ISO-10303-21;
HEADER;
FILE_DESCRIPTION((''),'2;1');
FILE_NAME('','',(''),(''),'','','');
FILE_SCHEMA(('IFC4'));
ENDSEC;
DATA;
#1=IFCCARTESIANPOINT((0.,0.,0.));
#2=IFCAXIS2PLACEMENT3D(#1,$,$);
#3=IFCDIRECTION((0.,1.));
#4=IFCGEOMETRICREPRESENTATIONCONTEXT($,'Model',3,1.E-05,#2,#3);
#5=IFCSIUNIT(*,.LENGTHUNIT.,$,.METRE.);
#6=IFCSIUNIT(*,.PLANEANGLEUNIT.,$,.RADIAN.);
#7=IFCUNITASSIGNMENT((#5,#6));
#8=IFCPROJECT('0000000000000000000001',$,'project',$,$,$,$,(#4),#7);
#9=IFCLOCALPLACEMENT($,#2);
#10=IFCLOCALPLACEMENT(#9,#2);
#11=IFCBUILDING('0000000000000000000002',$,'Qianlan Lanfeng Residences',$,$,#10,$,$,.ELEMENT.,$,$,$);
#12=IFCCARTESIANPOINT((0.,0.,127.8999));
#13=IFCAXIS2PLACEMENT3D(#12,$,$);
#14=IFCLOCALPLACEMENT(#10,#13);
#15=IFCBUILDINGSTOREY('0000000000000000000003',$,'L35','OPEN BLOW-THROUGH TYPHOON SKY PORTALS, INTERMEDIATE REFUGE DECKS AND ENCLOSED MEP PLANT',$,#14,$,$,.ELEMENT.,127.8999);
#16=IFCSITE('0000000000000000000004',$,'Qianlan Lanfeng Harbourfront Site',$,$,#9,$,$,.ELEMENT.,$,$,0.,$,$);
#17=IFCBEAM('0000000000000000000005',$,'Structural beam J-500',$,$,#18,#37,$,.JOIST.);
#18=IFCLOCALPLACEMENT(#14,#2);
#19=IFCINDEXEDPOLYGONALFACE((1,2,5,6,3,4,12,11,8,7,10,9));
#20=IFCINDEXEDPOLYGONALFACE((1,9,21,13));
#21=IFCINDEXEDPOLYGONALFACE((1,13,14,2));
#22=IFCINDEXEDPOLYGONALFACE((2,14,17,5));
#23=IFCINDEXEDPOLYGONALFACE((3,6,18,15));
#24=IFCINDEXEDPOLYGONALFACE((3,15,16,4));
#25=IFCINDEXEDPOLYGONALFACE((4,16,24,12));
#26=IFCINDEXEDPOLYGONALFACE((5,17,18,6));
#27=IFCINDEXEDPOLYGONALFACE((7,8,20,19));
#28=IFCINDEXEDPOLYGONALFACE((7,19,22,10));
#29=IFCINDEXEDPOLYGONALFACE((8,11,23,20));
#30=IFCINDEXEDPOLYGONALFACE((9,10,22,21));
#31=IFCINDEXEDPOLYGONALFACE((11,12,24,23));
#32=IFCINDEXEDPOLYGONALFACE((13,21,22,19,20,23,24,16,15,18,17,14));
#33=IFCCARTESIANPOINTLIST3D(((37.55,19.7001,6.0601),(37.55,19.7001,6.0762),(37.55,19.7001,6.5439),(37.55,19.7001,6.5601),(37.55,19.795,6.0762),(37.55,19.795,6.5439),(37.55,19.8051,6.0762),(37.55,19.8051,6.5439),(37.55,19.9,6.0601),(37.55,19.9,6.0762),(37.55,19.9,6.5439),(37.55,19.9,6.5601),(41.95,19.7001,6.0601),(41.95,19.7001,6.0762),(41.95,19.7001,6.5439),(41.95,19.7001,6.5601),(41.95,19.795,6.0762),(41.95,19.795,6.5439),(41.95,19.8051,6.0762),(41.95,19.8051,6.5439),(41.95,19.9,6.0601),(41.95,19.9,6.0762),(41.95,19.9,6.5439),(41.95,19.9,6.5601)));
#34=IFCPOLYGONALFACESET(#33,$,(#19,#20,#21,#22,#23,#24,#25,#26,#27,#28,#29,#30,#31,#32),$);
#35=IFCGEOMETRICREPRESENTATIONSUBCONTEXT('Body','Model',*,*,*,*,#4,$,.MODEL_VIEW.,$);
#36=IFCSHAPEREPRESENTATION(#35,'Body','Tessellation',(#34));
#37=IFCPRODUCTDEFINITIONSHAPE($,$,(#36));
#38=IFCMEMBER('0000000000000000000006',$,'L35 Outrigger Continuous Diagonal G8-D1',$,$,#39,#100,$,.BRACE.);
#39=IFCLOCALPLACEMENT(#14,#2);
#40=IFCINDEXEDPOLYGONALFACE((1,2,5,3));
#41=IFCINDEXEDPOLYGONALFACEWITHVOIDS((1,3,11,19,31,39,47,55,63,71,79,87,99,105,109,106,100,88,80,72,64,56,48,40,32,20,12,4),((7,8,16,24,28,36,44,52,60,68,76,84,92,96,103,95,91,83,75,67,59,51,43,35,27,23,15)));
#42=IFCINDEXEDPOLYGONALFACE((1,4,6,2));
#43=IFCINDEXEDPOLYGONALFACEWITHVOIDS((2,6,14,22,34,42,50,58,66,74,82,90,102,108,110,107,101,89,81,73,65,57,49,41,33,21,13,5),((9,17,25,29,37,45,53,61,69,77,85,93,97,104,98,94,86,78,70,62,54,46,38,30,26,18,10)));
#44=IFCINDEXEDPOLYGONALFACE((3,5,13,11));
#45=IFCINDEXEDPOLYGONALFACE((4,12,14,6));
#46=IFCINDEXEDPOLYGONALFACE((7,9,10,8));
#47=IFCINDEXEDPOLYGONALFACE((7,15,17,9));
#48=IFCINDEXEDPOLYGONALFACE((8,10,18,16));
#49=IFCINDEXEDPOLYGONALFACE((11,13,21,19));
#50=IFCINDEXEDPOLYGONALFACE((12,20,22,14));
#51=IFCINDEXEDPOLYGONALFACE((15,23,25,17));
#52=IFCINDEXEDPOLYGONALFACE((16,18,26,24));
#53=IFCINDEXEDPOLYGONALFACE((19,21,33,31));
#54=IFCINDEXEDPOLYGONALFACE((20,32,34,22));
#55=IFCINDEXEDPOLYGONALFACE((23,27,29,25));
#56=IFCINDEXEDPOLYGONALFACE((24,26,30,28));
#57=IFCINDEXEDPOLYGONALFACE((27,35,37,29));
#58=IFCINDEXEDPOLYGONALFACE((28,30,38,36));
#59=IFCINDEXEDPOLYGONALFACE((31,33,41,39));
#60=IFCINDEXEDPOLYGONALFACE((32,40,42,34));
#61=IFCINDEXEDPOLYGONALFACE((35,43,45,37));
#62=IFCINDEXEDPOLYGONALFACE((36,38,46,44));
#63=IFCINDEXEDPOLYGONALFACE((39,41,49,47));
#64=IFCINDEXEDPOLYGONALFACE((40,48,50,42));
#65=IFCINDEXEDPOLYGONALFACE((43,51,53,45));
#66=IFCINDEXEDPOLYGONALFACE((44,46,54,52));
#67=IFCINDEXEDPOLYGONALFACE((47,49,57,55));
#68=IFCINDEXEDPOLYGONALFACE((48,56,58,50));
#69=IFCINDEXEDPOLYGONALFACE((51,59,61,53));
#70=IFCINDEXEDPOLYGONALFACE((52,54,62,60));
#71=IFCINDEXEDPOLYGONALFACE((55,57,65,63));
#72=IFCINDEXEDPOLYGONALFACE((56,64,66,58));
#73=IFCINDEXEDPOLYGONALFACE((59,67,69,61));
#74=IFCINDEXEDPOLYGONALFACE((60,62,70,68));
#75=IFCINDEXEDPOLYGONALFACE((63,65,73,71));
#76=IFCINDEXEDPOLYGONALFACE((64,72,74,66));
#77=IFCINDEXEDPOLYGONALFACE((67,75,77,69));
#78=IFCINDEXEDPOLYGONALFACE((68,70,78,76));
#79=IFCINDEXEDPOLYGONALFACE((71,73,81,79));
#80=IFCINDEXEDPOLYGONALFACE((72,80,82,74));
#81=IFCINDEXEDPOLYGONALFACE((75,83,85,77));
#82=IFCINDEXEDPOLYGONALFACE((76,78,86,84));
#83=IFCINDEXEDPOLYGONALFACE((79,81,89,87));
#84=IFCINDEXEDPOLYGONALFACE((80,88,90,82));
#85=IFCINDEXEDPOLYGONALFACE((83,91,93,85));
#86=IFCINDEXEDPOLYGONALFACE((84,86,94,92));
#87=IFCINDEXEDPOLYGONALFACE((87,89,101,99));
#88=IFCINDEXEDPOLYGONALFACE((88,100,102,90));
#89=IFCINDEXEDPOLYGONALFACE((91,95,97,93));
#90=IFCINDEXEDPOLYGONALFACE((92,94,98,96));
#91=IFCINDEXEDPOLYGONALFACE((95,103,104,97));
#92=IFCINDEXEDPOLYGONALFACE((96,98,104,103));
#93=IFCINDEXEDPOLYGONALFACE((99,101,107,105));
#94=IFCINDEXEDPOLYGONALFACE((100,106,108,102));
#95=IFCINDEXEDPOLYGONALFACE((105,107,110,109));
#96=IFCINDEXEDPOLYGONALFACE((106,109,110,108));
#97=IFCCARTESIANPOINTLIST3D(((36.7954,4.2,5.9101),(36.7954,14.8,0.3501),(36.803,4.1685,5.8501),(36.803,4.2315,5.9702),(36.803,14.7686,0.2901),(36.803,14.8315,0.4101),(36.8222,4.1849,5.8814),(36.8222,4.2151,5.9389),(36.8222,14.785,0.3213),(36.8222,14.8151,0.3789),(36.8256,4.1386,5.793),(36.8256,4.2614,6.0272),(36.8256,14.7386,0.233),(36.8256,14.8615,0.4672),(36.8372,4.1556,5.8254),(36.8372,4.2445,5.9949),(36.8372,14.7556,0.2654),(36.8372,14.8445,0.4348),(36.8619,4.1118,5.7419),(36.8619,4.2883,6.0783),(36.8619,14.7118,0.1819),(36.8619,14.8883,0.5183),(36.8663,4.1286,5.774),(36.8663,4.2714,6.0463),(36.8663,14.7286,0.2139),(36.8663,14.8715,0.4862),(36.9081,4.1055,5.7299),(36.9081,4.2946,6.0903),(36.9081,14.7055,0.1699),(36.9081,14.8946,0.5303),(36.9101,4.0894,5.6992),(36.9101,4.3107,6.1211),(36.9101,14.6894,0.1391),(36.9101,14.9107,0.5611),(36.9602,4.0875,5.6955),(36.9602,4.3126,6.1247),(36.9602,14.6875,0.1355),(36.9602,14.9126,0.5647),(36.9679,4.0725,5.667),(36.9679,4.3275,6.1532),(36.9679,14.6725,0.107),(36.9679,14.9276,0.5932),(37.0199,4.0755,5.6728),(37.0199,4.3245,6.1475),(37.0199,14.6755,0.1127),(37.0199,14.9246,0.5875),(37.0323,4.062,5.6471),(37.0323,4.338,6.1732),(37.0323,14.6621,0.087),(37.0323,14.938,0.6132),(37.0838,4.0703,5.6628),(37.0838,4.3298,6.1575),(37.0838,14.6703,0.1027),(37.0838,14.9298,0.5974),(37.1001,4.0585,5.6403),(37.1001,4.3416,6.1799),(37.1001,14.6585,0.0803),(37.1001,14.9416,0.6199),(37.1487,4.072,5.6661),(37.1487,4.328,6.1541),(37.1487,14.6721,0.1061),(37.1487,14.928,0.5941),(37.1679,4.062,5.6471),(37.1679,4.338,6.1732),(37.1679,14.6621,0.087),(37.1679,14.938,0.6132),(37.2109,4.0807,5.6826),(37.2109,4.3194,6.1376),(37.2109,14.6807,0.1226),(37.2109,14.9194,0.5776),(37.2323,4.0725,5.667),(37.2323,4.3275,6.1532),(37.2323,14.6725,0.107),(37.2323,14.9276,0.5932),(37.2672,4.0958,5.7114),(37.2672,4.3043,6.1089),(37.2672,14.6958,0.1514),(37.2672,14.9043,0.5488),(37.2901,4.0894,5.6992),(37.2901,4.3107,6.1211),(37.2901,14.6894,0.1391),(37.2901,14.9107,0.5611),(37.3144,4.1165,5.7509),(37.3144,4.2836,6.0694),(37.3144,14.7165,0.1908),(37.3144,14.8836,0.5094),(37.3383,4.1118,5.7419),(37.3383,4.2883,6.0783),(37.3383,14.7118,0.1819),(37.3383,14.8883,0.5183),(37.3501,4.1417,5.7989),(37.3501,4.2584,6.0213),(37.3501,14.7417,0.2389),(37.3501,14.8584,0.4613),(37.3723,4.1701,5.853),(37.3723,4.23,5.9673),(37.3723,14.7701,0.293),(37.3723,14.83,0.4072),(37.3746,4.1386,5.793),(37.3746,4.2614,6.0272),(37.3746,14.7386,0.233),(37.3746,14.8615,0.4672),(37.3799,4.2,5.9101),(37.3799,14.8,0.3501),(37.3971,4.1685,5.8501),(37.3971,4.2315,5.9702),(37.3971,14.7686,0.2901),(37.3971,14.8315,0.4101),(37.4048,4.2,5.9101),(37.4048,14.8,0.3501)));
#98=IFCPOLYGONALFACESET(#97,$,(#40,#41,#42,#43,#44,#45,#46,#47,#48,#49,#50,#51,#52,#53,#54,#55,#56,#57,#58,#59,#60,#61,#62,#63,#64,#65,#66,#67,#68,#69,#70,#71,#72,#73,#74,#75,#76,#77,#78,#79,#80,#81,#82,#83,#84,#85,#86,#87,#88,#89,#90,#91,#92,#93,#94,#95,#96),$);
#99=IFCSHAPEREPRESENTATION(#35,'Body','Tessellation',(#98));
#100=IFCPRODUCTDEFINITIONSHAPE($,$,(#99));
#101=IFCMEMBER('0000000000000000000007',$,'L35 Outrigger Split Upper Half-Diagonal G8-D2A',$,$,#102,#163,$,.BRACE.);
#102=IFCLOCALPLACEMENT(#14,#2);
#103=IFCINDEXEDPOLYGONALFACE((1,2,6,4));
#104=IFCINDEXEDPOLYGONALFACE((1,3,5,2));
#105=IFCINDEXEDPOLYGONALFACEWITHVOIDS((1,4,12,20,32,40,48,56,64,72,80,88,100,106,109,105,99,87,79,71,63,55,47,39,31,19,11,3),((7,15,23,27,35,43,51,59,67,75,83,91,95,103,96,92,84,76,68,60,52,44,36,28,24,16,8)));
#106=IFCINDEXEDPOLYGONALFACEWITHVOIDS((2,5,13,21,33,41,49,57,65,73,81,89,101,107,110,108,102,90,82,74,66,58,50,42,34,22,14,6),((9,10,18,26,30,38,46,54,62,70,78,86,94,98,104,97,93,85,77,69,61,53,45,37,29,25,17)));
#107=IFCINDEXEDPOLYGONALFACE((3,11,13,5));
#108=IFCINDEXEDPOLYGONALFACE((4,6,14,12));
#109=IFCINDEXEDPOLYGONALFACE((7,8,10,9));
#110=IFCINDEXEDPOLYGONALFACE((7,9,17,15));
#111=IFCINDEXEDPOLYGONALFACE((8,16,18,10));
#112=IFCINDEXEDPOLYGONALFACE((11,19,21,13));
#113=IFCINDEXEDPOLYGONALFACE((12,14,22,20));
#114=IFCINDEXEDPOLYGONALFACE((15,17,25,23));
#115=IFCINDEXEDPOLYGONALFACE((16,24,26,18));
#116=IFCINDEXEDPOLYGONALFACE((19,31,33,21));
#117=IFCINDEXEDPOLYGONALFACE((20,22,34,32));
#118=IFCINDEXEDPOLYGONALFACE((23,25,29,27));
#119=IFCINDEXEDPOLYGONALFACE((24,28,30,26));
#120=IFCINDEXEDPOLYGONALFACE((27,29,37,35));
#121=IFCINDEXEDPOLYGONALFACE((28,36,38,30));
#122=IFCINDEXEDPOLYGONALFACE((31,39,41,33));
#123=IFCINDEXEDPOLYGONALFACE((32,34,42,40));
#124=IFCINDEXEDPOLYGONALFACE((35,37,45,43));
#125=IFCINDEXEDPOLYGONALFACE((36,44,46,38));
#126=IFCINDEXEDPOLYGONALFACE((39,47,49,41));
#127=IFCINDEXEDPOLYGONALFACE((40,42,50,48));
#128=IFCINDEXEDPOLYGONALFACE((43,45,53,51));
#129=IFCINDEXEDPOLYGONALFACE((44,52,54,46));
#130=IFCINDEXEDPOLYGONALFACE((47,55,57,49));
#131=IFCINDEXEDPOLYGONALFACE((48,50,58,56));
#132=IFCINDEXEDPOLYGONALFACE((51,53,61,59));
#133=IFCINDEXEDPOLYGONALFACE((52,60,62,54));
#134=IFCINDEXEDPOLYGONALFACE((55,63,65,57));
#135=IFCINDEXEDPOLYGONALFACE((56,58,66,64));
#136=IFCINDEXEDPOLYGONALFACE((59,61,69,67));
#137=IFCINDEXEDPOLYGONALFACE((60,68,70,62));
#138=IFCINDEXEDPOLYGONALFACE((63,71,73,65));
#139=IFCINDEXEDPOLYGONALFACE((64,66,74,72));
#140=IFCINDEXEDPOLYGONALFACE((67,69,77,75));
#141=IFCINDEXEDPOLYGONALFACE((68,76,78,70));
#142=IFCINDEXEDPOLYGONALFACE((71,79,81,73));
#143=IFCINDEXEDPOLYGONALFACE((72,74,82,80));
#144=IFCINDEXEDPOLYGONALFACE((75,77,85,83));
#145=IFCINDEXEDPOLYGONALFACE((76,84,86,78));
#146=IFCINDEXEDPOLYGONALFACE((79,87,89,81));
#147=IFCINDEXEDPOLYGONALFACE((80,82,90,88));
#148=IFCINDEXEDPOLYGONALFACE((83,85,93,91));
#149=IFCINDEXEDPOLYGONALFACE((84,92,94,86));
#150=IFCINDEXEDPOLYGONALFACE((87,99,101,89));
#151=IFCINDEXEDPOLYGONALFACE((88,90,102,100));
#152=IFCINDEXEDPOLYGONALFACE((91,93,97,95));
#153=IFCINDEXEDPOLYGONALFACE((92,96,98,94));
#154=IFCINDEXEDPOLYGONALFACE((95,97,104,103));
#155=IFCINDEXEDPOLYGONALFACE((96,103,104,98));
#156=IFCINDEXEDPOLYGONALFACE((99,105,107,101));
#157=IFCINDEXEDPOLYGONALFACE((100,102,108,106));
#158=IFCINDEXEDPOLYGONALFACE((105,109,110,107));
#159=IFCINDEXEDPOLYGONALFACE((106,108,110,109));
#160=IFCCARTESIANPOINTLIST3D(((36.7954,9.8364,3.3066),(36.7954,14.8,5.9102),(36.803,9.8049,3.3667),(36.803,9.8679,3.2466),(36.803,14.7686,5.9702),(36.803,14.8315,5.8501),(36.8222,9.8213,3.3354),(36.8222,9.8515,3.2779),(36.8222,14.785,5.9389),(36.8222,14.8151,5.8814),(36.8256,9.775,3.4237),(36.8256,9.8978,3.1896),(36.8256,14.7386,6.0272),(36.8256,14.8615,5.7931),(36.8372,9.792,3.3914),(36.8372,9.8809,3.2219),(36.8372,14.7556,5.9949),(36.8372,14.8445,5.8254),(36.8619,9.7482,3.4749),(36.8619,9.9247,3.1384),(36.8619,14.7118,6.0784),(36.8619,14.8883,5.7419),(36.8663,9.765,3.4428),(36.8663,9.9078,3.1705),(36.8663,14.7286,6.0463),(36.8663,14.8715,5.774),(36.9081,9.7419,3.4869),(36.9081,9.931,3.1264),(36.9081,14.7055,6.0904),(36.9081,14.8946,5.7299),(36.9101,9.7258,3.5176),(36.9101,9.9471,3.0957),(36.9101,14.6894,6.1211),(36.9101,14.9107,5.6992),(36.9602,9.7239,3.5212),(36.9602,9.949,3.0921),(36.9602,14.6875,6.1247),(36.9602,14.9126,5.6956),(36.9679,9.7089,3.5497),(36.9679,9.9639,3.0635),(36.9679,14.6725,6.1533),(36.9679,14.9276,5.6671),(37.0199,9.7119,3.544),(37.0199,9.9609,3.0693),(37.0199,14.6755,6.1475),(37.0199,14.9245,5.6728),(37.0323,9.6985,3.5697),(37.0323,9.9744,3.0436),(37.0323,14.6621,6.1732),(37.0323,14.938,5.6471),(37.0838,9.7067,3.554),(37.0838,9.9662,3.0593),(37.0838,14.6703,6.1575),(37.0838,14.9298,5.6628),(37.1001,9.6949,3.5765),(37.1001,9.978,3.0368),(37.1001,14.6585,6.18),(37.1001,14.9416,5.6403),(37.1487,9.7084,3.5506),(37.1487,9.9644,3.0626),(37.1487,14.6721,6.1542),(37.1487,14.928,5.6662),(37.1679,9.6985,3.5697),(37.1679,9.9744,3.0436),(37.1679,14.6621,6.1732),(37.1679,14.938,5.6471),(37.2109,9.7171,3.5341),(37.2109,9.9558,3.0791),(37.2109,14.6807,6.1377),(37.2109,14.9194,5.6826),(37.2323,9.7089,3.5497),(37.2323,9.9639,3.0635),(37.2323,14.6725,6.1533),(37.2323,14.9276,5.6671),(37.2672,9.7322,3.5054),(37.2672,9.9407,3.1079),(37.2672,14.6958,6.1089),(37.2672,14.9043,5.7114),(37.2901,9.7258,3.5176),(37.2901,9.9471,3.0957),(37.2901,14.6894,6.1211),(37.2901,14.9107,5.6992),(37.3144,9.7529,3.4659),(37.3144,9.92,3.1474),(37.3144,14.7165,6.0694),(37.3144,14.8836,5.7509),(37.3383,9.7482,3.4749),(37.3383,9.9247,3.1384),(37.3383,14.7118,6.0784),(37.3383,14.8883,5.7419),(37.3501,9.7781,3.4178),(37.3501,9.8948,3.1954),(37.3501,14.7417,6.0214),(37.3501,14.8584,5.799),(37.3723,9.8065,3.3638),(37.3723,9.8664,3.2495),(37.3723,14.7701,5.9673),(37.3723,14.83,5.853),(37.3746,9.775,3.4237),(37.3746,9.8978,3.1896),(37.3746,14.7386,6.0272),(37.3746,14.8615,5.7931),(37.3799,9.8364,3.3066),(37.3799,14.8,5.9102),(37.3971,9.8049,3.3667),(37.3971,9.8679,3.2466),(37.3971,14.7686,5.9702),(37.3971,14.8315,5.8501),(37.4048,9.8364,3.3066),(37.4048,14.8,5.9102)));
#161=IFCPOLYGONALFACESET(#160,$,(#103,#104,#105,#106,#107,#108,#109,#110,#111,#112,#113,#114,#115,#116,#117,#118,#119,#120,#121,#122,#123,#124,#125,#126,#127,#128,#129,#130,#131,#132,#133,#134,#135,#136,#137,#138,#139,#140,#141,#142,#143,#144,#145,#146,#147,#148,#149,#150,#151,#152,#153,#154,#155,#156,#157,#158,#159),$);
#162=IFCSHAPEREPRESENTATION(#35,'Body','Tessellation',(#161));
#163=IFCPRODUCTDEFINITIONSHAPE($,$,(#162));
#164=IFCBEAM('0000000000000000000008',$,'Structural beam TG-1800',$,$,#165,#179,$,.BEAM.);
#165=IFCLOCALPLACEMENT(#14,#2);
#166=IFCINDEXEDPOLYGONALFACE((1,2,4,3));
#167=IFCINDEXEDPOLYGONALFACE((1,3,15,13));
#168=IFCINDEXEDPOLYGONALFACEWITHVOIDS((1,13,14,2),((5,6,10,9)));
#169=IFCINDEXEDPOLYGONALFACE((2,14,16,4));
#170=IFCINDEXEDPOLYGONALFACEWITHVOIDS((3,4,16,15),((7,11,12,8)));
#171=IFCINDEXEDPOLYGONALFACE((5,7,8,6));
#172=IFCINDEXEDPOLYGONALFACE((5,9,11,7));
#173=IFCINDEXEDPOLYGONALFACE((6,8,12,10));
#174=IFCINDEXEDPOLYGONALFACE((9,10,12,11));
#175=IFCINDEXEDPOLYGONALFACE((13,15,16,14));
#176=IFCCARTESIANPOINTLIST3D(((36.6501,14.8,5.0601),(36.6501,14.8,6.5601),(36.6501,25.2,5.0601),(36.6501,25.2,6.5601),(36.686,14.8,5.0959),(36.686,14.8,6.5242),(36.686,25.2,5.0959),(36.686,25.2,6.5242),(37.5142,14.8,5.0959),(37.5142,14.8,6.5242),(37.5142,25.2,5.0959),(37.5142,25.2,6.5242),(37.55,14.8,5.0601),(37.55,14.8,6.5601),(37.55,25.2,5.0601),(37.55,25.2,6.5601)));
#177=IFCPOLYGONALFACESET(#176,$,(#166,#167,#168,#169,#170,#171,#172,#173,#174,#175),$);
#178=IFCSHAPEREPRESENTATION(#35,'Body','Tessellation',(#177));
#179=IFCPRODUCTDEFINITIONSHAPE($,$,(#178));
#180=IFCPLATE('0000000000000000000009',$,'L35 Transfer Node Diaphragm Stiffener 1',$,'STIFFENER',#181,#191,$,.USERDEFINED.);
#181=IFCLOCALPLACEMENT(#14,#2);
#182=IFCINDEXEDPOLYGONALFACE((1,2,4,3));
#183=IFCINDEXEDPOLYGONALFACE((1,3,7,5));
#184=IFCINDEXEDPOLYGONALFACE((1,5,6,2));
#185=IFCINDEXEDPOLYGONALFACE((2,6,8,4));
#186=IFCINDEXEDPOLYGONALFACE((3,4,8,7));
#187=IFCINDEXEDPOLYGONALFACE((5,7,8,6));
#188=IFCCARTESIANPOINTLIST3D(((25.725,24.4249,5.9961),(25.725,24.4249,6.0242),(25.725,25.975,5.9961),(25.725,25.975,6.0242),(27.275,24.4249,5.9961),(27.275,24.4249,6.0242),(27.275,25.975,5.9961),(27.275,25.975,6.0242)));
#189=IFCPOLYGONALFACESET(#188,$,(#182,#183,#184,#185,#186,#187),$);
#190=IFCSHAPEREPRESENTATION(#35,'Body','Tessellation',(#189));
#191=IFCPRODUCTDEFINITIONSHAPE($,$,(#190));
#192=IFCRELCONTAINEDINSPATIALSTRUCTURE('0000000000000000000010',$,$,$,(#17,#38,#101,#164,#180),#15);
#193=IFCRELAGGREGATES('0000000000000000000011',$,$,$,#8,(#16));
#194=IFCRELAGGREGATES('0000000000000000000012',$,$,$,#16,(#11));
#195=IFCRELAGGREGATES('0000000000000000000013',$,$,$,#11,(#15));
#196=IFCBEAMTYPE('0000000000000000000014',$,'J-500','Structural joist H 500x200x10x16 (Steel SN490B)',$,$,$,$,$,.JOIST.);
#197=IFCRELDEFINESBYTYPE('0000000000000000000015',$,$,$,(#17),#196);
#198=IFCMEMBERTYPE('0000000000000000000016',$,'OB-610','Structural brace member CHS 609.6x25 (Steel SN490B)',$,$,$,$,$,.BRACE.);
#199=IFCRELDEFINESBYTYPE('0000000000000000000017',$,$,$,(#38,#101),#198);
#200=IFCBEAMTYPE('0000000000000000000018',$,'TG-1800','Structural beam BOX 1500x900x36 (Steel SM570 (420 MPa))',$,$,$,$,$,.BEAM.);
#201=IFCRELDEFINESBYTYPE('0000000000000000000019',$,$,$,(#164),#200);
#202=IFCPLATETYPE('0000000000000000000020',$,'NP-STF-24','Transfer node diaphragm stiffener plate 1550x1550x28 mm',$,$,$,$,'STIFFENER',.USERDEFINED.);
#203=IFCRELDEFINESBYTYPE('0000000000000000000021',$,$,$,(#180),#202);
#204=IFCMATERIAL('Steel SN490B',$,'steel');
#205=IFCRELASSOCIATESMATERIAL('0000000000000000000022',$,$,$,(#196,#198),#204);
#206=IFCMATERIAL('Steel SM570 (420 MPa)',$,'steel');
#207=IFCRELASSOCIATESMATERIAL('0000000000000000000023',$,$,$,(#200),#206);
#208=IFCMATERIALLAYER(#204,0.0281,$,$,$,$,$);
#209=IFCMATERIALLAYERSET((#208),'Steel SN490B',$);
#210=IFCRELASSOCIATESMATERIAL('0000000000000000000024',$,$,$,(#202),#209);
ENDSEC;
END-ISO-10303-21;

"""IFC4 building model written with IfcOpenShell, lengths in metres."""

from ifc_helpers import new_model, si_unit, direction, frame, origin, origin_2d, place, context, subcontext, project, spatial, rectangle, hollow_rectangle, hollow_circle, i_section, extrude, source, transform, mapped, material, layer, layer_set, material_profile, profile_set, type_object, element, save


model = new_model("IFC4")

# Units and contexts
model_context = context("Model", 3, precision=1e-05, world=origin(), true_north=direction((0.0, 1.0)))
body_context = subcontext(model_context, "Body", "Model", "MODEL_VIEW")
ifc_project = project(units=[si_unit("LENGTHUNIT", "METRE"), si_unit("PLANEANGLEUNIT", "RADIAN")], contexts=[model_context])

# Site, building, storey
site_placement = place(None, origin())
site = spatial("IfcSite", under=ifc_project, at=site_placement, Name="Qianlan Lanfeng Harbourfront Site", CompositionType="ELEMENT", RefElevation=0.0)
building_placement = place(site_placement, origin())
building = spatial("IfcBuilding", under=site, at=building_placement, Name="Qianlan Lanfeng Residences", CompositionType="ELEMENT")
storey_placement = place(building_placement, frame((0.0, 0.0, 127.8999)))
storey = spatial("IfcBuildingStorey", under=building, at=storey_placement, Name="L35", Description="OPEN BLOW-THROUGH TYPHOON SKY PORTALS, INTERMEDIATE REFUGE DECKS AND ENCLOSED MEP PLANT", CompositionType="ELEMENT", Elevation=127.8999)

# Beam
ifc_material_1 = material(Name="Steel SN490B", Category="steel")
ifc_material_profile_1 = material_profile(ifc_material_1, i_section(OverallWidth=0.2, OverallDepth=0.5, WebThickness=0.01, FlangeThickness=0.0161, at=origin_2d()), Name="H 500x200x10x16")
ifc_profile_set_1 = profile_set([ifc_material_profile_1], Name="Steel SN490B")
beam_type_1 = type_object("IfcBeamType", Name="J-500", Description="Structural joist H 500x200x10x16 (Steel SN490B)", PredefinedType="JOIST", material=ifc_profile_set_1)
beam_1_placement = place(storey_placement, frame((37.55, 19.8, 6.3101), z_axis=(1.0, 0.0, 0.0), x_axis=(0.0, 1.0, 0.0)))
element("IfcBeam", 1, at=beam_1_placement, inside=storey, type_object=beam_type_1, Name="Structural beam J-500", PredefinedType="JOIST", context=body_context, shape_type="SweptSolid", body=[
    extrude(i_section(OverallWidth=0.2, OverallDepth=0.5, WebThickness=0.01, FlangeThickness=0.0161, at=origin_2d()), origin(), (0.0, 0.0, 1.0), 4.3999),
])

# Members
ifc_material_profile_2 = material_profile(ifc_material_1, hollow_circle(Radius=0.3047, WallThickness=0.0249, at=origin_2d()), Name="CHS 609.6x25")
ifc_profile_set_2 = profile_set([ifc_material_profile_2], Name="Steel SN490B")
member_type = type_object("IfcMemberType", Name="OB-610", Description="Structural brace member CHS 609.6x25 (Steel SN490B)", PredefinedType="BRACE", material=ifc_profile_set_2)
member_1_placement = place(storey_placement, frame((37.1001, 14.8, 0.3501), z_axis=(0.0, -0.88557, 0.464507), x_axis=(1.0, 0.0, 0.0)))
element("IfcMember", 2, at=member_1_placement, inside=storey, type_object=member_type, Name="L35 Outrigger Continuous Diagonal G8-D1", PredefinedType="BRACE", context=body_context, shape_type="SweptSolid", body=[
    extrude(hollow_circle(Radius=0.3047, WallThickness=0.0249, at=origin_2d()), origin(), (0.0, 0.0, 1.0), 11.9697),
])
member_2_placement = place(storey_placement, frame((37.1001, 14.8, 5.9102), z_axis=(0.0, -0.885573, -0.4645), x_axis=(1.0, 0.0, 0.0)))
element("IfcMember", 3, at=member_2_placement, inside=storey, type_object=member_type, Name="L35 Outrigger Split Upper Half-Diagonal G8-D2A", PredefinedType="BRACE", context=body_context, shape_type="SweptSolid", body=[
    extrude(hollow_circle(Radius=0.3047, WallThickness=0.0249, at=origin_2d()), origin(), (0.0, 0.0, 1.0), 5.605),
])

# Beam
ifc_material_2 = material(Name="Steel SM570 (420 MPa)", Category="steel")
ifc_material_profile_3 = material_profile(ifc_material_2, hollow_rectangle(XDim=0.8999, YDim=1.5, WallThickness=0.0359, at=origin_2d()), Name="BOX 1500x900x36")
ifc_profile_set_3 = profile_set([ifc_material_profile_3], Name="Steel SM570 (420 MPa)")
beam_type_2 = type_object("IfcBeamType", Name="TG-1800", Description="Structural beam BOX 1500x900x36 (Steel SM570 (420 MPa))", PredefinedType="BEAM", material=ifc_profile_set_3)
beam_2_placement = place(storey_placement, frame((37.1001, 14.8, 5.8101), z_axis=(0.0, 1.0, 0.0), x_axis=(-1.0, 0.0, 0.0)))
element("IfcBeam", 4, at=beam_2_placement, inside=storey, type_object=beam_type_2, Name="Structural beam TG-1800", PredefinedType="BEAM", context=body_context, shape_type="SweptSolid", body=[
    extrude(hollow_rectangle(XDim=0.8999, YDim=1.5, WallThickness=0.0359, at=origin_2d()), origin(), (0.0, 0.0, 1.0), 10.3999),
])

# Plate
ifc_layer_1 = layer(ifc_material_1, 0.0281)
ifc_layer_set_1 = layer_set([ifc_layer_1], Name="Steel SN490B")
plate_type_1 = type_object("IfcPlateType", Name="NP-STF-24", Description="Transfer node diaphragm stiffener plate 1550x1550x28 mm", ElementType="STIFFENER", PredefinedType="USERDEFINED", material=ifc_layer_set_1)
shared_shape_1 = source(origin(), body_context, "Body", "SweptSolid", [
    extrude(rectangle(XDim=1.55, YDim=1.55, at=origin_2d()), origin(), (0.0, 0.0, 1.0), 0.0281),
])
plate_placement = place(storey_placement, frame((26.5, 25.2, 5.9961), z_axis=(0.0, 0.0, 1.0), x_axis=(1.0, 0.0, 0.0)))
element("IfcPlate", 5, at=plate_placement, inside=storey, type_object=plate_type_1, Name="L35 Transfer Node Diaphragm Stiffener 1", ObjectType="STIFFENER", PredefinedType="USERDEFINED", context=body_context, shape_type="MappedRepresentation", body=[
    mapped(shared_shape_1, transform((0.0, 0.0, 0.0), scale=1.0)),
])

save(model, "model.ifc")
